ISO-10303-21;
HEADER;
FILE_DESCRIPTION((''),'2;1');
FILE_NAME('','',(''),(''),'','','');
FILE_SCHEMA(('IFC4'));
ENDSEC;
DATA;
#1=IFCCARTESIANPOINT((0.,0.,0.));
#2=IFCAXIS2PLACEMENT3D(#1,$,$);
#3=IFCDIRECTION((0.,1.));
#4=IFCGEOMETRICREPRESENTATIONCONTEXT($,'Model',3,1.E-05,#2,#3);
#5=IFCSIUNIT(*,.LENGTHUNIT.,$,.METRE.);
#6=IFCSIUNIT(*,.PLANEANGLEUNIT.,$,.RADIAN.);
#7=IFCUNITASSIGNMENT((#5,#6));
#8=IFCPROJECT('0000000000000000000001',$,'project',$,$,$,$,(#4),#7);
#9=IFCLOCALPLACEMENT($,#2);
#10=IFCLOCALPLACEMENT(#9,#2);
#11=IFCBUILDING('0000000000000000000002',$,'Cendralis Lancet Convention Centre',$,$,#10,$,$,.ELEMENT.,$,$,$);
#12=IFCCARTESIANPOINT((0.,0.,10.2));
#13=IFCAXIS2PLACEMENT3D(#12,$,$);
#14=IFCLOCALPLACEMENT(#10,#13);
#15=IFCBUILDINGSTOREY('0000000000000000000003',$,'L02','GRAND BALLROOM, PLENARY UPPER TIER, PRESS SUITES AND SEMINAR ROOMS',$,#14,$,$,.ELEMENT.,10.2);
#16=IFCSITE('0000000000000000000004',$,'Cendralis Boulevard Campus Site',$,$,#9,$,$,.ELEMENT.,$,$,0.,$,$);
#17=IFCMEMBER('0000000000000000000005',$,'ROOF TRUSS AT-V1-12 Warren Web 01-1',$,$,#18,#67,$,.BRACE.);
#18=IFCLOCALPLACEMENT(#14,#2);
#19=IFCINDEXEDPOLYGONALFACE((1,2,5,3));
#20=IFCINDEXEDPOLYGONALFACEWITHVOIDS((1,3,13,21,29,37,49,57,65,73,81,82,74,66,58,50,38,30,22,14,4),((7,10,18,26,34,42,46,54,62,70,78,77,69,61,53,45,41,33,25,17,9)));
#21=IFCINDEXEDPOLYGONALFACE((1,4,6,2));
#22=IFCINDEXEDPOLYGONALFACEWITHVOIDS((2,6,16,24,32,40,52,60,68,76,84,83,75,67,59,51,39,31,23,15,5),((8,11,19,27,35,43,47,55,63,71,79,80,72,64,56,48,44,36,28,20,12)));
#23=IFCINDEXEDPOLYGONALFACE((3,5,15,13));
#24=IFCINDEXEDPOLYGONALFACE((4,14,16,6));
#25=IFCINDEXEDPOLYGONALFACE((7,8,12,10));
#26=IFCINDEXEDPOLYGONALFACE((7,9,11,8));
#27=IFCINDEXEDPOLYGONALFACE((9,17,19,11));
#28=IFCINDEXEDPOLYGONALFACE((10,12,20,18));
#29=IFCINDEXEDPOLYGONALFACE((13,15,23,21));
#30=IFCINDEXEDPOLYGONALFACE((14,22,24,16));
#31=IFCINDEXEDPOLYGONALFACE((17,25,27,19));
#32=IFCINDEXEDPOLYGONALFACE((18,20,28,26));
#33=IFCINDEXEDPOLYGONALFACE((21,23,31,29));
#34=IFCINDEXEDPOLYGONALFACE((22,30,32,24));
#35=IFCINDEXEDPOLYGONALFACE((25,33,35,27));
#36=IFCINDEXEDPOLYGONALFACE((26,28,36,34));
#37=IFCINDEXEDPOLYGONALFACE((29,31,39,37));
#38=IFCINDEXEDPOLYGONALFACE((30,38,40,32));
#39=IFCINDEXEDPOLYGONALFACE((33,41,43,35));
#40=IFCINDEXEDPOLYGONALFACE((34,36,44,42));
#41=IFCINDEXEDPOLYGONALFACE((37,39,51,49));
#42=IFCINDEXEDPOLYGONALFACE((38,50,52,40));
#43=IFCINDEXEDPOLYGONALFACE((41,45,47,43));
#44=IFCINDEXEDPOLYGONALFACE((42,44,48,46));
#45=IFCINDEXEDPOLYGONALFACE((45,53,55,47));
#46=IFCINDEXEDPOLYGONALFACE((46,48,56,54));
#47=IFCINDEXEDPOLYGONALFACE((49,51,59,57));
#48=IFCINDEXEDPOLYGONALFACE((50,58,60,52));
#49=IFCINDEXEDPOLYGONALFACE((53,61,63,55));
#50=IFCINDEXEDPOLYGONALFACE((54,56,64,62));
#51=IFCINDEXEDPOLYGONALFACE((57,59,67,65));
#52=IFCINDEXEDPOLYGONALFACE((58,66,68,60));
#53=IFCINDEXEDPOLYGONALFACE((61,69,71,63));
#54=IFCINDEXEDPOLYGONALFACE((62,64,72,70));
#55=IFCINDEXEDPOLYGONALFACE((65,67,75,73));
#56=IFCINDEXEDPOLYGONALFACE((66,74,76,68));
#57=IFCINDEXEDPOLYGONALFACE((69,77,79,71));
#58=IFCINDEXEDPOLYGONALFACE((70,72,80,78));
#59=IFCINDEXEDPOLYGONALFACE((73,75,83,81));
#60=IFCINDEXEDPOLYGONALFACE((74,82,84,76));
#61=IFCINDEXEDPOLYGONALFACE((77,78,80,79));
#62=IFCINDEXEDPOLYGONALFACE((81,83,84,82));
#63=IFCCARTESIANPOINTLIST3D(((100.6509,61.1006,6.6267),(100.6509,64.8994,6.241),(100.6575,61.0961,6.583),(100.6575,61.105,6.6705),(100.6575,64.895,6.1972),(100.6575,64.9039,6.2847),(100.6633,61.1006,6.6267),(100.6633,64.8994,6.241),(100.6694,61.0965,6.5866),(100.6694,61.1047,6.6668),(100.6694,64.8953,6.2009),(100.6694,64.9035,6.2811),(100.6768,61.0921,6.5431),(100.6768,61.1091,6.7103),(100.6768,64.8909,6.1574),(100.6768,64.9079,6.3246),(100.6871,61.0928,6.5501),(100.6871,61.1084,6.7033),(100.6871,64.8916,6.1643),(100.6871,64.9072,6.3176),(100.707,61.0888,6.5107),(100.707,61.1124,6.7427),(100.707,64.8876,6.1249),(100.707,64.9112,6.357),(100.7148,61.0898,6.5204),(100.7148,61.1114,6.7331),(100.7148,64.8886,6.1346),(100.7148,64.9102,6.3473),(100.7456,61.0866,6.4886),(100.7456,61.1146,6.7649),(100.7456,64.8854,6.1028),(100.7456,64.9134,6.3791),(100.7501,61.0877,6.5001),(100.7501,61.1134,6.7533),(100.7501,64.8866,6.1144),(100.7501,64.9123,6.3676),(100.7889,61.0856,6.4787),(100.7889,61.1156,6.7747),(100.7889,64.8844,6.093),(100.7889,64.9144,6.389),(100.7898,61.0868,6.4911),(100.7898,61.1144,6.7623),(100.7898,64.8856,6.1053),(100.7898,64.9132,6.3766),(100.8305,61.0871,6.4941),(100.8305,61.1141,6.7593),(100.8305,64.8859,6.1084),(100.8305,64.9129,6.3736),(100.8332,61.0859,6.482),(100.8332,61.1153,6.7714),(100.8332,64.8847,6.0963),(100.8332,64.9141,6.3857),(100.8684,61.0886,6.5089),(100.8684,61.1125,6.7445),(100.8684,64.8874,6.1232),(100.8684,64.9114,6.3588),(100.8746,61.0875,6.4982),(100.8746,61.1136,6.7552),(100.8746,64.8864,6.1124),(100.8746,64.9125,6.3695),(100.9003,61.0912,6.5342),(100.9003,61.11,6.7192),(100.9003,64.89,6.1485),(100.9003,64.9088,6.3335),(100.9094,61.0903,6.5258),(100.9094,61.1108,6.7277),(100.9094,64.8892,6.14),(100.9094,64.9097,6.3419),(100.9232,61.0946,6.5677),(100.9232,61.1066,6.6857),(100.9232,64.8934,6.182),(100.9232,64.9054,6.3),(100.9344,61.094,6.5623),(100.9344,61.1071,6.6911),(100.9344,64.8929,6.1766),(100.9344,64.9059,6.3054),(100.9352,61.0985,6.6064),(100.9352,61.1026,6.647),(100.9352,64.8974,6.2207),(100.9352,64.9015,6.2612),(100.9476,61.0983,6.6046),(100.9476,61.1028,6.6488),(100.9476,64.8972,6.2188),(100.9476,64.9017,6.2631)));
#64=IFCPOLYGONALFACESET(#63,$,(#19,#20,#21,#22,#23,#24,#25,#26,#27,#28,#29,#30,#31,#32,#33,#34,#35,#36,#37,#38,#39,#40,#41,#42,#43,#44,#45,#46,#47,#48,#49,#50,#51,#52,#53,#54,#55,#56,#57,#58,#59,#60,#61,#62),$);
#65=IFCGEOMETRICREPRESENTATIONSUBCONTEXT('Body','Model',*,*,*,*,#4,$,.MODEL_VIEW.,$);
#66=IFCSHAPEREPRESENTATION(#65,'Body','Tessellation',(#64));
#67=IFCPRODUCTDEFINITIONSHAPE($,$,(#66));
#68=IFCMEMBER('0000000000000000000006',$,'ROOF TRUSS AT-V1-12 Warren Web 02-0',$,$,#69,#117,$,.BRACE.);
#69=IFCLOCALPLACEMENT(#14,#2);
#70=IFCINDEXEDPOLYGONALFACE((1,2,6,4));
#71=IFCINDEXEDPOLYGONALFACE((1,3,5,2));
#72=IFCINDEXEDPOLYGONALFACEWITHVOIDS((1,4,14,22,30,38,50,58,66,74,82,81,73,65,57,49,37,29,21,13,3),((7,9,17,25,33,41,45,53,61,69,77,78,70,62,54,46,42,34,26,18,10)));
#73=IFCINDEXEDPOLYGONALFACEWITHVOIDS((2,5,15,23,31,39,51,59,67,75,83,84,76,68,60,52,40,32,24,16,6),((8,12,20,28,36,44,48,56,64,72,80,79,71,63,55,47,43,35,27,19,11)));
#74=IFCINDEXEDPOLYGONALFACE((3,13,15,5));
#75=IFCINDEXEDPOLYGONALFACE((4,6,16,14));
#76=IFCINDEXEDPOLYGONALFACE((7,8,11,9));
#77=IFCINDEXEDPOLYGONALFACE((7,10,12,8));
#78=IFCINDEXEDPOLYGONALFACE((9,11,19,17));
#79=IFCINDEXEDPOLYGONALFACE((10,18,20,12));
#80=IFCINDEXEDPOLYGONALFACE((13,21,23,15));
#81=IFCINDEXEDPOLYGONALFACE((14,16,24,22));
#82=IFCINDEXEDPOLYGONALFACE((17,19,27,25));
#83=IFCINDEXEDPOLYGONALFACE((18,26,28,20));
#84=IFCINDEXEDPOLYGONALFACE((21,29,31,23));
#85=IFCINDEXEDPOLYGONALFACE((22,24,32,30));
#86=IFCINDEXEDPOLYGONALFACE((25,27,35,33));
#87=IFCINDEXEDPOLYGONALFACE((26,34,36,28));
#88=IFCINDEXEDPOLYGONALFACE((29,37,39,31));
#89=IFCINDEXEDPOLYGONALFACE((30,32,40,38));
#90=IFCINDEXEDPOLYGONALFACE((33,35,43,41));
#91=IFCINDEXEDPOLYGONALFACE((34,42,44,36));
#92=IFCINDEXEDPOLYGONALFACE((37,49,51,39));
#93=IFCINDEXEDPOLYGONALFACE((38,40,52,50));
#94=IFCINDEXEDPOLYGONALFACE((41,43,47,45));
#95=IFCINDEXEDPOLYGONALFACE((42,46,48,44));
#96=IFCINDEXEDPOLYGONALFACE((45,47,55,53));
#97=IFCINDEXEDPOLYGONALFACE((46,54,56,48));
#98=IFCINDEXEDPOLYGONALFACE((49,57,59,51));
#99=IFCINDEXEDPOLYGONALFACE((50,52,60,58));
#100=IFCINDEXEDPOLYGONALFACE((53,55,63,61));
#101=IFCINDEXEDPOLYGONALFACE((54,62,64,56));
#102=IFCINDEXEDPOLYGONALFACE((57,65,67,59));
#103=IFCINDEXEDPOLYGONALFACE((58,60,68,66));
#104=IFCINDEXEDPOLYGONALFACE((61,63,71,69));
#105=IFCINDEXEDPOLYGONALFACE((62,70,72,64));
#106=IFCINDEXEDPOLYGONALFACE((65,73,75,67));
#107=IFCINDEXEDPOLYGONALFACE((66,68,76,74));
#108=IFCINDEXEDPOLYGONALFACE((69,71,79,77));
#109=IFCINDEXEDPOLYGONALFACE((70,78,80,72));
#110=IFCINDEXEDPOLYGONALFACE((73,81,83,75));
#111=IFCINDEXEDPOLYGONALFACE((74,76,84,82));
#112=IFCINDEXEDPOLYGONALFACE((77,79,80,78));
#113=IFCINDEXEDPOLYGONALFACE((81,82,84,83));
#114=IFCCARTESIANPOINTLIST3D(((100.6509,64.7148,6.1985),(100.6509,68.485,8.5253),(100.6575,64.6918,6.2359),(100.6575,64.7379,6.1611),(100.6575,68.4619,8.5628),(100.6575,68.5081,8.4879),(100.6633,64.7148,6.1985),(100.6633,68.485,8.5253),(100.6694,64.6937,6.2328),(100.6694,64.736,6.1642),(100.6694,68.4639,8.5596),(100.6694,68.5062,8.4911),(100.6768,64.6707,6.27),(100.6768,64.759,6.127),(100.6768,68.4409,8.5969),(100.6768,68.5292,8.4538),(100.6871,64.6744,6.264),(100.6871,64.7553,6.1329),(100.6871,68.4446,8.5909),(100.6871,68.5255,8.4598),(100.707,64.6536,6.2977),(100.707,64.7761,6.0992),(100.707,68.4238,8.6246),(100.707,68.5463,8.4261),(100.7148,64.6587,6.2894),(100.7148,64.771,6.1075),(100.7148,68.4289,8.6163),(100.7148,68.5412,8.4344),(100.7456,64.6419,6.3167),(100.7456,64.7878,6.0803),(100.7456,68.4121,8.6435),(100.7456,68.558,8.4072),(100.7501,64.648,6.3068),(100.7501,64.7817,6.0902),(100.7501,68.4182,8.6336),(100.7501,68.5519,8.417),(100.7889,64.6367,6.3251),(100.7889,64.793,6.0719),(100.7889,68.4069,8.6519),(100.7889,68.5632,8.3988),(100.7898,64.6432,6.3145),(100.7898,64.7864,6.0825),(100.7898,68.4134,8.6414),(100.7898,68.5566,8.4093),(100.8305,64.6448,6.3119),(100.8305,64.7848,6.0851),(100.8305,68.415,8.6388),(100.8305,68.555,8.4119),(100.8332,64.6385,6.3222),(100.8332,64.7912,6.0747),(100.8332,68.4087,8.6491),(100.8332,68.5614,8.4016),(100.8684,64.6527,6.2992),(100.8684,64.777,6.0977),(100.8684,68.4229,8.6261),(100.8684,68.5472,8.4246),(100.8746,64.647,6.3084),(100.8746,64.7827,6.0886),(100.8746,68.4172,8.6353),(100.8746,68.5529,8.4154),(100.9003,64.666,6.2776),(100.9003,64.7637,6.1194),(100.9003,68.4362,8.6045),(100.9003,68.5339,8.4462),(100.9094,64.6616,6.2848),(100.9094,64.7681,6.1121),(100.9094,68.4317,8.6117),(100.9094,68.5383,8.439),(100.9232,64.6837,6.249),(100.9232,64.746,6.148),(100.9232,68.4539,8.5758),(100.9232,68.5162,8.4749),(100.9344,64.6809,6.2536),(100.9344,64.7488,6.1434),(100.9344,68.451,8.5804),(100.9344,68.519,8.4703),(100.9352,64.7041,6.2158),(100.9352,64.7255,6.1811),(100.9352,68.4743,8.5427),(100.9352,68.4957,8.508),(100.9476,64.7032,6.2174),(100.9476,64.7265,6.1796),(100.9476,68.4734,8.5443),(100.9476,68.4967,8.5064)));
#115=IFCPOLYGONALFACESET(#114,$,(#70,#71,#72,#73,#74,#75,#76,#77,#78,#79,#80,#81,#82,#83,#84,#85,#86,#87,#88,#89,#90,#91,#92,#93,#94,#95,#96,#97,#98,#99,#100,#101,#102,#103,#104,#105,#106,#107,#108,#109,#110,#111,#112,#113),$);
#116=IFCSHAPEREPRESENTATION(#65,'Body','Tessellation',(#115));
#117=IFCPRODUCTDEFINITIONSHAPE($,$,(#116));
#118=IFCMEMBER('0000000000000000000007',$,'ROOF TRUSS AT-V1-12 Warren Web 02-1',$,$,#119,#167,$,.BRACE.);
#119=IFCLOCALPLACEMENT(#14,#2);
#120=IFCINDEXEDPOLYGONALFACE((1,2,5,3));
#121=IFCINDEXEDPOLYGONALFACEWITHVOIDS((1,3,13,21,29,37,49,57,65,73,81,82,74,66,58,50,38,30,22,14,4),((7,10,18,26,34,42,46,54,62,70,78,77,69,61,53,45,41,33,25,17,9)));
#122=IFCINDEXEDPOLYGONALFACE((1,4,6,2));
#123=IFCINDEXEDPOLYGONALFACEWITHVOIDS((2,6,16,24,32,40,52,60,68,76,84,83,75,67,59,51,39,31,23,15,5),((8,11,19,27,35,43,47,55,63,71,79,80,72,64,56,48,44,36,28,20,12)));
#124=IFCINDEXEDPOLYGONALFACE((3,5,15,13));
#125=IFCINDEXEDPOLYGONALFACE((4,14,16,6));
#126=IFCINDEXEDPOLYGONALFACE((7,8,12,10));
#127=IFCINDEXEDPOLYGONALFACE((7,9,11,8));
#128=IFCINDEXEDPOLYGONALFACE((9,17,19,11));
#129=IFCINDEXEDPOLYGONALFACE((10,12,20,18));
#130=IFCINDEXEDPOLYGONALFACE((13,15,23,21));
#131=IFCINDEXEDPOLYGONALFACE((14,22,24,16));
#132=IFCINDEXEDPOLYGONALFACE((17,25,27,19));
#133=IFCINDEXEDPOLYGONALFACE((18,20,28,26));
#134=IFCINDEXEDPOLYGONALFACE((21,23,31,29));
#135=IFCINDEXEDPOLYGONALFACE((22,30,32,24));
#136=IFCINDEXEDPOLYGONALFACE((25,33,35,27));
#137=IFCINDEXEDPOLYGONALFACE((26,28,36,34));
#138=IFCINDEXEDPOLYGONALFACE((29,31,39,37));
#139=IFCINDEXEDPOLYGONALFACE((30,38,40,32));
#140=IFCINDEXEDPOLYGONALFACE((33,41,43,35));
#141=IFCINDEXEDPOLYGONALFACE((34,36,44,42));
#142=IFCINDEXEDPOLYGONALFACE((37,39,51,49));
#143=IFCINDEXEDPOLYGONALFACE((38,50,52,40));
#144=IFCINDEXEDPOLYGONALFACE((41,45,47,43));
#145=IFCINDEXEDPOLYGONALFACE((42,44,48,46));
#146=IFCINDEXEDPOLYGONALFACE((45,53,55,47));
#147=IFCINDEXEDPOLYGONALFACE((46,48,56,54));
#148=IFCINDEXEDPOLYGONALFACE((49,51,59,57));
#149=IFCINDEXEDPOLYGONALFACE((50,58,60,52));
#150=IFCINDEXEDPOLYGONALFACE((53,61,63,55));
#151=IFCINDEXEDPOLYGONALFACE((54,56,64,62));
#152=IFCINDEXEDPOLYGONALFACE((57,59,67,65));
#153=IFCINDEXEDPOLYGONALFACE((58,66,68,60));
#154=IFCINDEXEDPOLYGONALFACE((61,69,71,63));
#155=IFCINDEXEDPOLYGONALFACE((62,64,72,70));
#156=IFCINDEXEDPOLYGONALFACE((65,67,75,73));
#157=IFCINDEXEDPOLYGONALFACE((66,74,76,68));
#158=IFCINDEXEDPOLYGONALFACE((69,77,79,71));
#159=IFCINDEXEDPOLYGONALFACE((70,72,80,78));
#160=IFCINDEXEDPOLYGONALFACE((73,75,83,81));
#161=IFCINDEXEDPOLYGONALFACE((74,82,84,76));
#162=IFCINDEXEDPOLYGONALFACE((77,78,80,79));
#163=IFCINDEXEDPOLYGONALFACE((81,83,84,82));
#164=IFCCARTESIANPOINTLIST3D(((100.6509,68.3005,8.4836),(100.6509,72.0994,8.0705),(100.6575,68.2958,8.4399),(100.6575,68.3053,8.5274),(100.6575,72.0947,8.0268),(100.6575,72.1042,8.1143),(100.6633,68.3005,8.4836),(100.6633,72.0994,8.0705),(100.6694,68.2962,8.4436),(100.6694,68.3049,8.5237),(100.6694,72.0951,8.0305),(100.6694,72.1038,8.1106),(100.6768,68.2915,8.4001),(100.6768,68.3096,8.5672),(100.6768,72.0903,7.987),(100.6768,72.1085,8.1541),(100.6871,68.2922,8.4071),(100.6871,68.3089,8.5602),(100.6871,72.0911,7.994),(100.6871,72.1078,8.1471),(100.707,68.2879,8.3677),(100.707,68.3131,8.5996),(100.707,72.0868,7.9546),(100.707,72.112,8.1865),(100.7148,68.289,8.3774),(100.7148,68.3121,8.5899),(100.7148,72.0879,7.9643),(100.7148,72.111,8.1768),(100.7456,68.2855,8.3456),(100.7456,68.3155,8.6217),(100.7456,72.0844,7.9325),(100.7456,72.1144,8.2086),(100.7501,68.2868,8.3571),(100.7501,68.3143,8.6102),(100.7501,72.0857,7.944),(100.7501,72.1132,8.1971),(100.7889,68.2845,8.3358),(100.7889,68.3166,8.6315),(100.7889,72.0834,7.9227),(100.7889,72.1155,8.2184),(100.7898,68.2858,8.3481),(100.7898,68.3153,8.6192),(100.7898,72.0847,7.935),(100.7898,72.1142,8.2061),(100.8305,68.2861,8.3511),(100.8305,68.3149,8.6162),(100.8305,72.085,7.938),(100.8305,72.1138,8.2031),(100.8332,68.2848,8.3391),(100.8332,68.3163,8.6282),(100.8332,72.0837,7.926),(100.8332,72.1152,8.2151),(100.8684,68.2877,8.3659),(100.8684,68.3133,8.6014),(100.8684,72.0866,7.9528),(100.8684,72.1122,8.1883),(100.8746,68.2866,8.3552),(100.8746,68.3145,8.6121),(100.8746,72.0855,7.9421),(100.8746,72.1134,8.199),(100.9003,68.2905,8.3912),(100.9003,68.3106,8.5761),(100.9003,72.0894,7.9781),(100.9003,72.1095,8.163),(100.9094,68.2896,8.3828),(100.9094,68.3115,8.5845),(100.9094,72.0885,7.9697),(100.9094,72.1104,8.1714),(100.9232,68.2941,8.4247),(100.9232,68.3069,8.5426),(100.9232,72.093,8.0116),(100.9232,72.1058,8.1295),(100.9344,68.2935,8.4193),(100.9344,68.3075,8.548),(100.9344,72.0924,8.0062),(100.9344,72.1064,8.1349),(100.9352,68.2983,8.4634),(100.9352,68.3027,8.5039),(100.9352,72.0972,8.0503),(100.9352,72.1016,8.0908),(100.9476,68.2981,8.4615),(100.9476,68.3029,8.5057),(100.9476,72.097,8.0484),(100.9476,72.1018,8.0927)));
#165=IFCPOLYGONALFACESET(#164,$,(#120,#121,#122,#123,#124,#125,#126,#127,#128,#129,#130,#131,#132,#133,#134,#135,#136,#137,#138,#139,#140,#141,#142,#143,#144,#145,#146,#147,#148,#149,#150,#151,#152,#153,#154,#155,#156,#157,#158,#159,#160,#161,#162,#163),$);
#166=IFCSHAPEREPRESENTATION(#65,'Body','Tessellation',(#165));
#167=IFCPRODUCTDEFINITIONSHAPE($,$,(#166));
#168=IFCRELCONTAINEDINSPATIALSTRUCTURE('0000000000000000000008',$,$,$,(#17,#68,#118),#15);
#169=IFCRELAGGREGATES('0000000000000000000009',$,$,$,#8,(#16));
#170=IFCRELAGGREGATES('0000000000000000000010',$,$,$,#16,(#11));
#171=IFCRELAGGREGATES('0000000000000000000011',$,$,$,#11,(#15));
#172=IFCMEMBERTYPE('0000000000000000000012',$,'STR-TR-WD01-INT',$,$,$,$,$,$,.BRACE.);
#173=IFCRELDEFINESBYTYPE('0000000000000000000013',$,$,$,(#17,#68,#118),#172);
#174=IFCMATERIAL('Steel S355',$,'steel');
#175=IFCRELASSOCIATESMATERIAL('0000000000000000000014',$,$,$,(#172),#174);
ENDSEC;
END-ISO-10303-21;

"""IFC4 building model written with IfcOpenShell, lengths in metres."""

from ifc_helpers import new_model, si_unit, direction, frame, origin, origin_2d, place, context, subcontext, project, spatial, hollow_circle, extrude, material, material_profile, profile_set, type_object, element, save


model = new_model("IFC4")

# Units and contexts
model_context = context("Model", 3, precision=1e-05, world=origin(), true_north=direction((0.0, 1.0)))
body_context = subcontext(model_context, "Body", "Model", "MODEL_VIEW")
ifc_project = project(units=[si_unit("LENGTHUNIT", "METRE"), si_unit("PLANEANGLEUNIT", "RADIAN")], contexts=[model_context])

# Site, building, storey
site_placement = place(None, origin())
site = spatial("IfcSite", under=ifc_project, at=site_placement, Name="Cendralis Boulevard Campus Site", CompositionType="ELEMENT", RefElevation=0.0)
building_placement = place(site_placement, origin())
building = spatial("IfcBuilding", under=site, at=building_placement, Name="Cendralis Lancet Convention Centre", CompositionType="ELEMENT")
storey_placement = place(building_placement, frame((0.0, 0.0, 10.2)))
storey = spatial("IfcBuildingStorey", under=building, at=storey_placement, Name="L02", Description="GRAND BALLROOM, PLENARY UPPER TIER, PRESS SUITES AND SEMINAR ROOMS", CompositionType="ELEMENT", Elevation=10.2)

# Members
ifc_material = material(Name="Steel S355", Category="steel")
ifc_material_profile_1 = material_profile(ifc_material, hollow_circle(Radius=0.1492, WallThickness=0.0125, at=origin_2d()), Name="CHS 298.5x12.5")
ifc_profile_set_1 = profile_set([ifc_material_profile_1], Name="Steel S355")
member_type_1 = type_object("IfcMemberType", Name="STR-TR-WD01-INT", PredefinedType="BRACE", material=ifc_profile_set_1)
member_1_placement = place(storey_placement, frame((100.8, 61.1006, 6.6267), z_axis=(0.0, 0.994884, -0.101023), x_axis=(-1.0, 0.0, 0.0)))
element("IfcMember", 1, at=member_1_placement, inside=storey, type_object=member_type_1, Name="ROOF TRUSS AT-V1-12 Warren Web 01-1", PredefinedType="BRACE", context=body_context, shape_type="SweptSolid", body=[
    extrude(hollow_circle(Radius=0.1492, WallThickness=0.0125, at=origin_2d()), origin(), (0.0, 0.0, 1.0), 3.8184),
])
member_2_placement = place(storey_placement, frame((100.8, 64.7148, 6.1985), z_axis=(0.0, 0.850978, 0.525201), x_axis=(-1.0, 0.0, 0.0)))
element("IfcMember", 2, at=member_2_placement, inside=storey, type_object=member_type_1, Name="ROOF TRUSS AT-V1-12 Warren Web 02-0", PredefinedType="BRACE", context=body_context, shape_type="SweptSolid", body=[
    extrude(hollow_circle(Radius=0.1492, WallThickness=0.0125, at=origin_2d()), origin(), (0.0, 0.0, 1.0), 4.4304),
])
member_3_placement = place(storey_placement, frame((100.8, 68.3005, 8.4836), z_axis=(0.0, 0.99414, -0.108103), x_axis=(-1.0, 0.0, 0.0)))
element("IfcMember", 3, at=member_3_placement, inside=storey, type_object=member_type_1, Name="ROOF TRUSS AT-V1-12 Warren Web 02-1", PredefinedType="BRACE", context=body_context, shape_type="SweptSolid", body=[
    extrude(hollow_circle(Radius=0.1492, WallThickness=0.0125, at=origin_2d()), origin(), (0.0, 0.0, 1.0), 3.8213),
])

save(model, "model.ifc")
